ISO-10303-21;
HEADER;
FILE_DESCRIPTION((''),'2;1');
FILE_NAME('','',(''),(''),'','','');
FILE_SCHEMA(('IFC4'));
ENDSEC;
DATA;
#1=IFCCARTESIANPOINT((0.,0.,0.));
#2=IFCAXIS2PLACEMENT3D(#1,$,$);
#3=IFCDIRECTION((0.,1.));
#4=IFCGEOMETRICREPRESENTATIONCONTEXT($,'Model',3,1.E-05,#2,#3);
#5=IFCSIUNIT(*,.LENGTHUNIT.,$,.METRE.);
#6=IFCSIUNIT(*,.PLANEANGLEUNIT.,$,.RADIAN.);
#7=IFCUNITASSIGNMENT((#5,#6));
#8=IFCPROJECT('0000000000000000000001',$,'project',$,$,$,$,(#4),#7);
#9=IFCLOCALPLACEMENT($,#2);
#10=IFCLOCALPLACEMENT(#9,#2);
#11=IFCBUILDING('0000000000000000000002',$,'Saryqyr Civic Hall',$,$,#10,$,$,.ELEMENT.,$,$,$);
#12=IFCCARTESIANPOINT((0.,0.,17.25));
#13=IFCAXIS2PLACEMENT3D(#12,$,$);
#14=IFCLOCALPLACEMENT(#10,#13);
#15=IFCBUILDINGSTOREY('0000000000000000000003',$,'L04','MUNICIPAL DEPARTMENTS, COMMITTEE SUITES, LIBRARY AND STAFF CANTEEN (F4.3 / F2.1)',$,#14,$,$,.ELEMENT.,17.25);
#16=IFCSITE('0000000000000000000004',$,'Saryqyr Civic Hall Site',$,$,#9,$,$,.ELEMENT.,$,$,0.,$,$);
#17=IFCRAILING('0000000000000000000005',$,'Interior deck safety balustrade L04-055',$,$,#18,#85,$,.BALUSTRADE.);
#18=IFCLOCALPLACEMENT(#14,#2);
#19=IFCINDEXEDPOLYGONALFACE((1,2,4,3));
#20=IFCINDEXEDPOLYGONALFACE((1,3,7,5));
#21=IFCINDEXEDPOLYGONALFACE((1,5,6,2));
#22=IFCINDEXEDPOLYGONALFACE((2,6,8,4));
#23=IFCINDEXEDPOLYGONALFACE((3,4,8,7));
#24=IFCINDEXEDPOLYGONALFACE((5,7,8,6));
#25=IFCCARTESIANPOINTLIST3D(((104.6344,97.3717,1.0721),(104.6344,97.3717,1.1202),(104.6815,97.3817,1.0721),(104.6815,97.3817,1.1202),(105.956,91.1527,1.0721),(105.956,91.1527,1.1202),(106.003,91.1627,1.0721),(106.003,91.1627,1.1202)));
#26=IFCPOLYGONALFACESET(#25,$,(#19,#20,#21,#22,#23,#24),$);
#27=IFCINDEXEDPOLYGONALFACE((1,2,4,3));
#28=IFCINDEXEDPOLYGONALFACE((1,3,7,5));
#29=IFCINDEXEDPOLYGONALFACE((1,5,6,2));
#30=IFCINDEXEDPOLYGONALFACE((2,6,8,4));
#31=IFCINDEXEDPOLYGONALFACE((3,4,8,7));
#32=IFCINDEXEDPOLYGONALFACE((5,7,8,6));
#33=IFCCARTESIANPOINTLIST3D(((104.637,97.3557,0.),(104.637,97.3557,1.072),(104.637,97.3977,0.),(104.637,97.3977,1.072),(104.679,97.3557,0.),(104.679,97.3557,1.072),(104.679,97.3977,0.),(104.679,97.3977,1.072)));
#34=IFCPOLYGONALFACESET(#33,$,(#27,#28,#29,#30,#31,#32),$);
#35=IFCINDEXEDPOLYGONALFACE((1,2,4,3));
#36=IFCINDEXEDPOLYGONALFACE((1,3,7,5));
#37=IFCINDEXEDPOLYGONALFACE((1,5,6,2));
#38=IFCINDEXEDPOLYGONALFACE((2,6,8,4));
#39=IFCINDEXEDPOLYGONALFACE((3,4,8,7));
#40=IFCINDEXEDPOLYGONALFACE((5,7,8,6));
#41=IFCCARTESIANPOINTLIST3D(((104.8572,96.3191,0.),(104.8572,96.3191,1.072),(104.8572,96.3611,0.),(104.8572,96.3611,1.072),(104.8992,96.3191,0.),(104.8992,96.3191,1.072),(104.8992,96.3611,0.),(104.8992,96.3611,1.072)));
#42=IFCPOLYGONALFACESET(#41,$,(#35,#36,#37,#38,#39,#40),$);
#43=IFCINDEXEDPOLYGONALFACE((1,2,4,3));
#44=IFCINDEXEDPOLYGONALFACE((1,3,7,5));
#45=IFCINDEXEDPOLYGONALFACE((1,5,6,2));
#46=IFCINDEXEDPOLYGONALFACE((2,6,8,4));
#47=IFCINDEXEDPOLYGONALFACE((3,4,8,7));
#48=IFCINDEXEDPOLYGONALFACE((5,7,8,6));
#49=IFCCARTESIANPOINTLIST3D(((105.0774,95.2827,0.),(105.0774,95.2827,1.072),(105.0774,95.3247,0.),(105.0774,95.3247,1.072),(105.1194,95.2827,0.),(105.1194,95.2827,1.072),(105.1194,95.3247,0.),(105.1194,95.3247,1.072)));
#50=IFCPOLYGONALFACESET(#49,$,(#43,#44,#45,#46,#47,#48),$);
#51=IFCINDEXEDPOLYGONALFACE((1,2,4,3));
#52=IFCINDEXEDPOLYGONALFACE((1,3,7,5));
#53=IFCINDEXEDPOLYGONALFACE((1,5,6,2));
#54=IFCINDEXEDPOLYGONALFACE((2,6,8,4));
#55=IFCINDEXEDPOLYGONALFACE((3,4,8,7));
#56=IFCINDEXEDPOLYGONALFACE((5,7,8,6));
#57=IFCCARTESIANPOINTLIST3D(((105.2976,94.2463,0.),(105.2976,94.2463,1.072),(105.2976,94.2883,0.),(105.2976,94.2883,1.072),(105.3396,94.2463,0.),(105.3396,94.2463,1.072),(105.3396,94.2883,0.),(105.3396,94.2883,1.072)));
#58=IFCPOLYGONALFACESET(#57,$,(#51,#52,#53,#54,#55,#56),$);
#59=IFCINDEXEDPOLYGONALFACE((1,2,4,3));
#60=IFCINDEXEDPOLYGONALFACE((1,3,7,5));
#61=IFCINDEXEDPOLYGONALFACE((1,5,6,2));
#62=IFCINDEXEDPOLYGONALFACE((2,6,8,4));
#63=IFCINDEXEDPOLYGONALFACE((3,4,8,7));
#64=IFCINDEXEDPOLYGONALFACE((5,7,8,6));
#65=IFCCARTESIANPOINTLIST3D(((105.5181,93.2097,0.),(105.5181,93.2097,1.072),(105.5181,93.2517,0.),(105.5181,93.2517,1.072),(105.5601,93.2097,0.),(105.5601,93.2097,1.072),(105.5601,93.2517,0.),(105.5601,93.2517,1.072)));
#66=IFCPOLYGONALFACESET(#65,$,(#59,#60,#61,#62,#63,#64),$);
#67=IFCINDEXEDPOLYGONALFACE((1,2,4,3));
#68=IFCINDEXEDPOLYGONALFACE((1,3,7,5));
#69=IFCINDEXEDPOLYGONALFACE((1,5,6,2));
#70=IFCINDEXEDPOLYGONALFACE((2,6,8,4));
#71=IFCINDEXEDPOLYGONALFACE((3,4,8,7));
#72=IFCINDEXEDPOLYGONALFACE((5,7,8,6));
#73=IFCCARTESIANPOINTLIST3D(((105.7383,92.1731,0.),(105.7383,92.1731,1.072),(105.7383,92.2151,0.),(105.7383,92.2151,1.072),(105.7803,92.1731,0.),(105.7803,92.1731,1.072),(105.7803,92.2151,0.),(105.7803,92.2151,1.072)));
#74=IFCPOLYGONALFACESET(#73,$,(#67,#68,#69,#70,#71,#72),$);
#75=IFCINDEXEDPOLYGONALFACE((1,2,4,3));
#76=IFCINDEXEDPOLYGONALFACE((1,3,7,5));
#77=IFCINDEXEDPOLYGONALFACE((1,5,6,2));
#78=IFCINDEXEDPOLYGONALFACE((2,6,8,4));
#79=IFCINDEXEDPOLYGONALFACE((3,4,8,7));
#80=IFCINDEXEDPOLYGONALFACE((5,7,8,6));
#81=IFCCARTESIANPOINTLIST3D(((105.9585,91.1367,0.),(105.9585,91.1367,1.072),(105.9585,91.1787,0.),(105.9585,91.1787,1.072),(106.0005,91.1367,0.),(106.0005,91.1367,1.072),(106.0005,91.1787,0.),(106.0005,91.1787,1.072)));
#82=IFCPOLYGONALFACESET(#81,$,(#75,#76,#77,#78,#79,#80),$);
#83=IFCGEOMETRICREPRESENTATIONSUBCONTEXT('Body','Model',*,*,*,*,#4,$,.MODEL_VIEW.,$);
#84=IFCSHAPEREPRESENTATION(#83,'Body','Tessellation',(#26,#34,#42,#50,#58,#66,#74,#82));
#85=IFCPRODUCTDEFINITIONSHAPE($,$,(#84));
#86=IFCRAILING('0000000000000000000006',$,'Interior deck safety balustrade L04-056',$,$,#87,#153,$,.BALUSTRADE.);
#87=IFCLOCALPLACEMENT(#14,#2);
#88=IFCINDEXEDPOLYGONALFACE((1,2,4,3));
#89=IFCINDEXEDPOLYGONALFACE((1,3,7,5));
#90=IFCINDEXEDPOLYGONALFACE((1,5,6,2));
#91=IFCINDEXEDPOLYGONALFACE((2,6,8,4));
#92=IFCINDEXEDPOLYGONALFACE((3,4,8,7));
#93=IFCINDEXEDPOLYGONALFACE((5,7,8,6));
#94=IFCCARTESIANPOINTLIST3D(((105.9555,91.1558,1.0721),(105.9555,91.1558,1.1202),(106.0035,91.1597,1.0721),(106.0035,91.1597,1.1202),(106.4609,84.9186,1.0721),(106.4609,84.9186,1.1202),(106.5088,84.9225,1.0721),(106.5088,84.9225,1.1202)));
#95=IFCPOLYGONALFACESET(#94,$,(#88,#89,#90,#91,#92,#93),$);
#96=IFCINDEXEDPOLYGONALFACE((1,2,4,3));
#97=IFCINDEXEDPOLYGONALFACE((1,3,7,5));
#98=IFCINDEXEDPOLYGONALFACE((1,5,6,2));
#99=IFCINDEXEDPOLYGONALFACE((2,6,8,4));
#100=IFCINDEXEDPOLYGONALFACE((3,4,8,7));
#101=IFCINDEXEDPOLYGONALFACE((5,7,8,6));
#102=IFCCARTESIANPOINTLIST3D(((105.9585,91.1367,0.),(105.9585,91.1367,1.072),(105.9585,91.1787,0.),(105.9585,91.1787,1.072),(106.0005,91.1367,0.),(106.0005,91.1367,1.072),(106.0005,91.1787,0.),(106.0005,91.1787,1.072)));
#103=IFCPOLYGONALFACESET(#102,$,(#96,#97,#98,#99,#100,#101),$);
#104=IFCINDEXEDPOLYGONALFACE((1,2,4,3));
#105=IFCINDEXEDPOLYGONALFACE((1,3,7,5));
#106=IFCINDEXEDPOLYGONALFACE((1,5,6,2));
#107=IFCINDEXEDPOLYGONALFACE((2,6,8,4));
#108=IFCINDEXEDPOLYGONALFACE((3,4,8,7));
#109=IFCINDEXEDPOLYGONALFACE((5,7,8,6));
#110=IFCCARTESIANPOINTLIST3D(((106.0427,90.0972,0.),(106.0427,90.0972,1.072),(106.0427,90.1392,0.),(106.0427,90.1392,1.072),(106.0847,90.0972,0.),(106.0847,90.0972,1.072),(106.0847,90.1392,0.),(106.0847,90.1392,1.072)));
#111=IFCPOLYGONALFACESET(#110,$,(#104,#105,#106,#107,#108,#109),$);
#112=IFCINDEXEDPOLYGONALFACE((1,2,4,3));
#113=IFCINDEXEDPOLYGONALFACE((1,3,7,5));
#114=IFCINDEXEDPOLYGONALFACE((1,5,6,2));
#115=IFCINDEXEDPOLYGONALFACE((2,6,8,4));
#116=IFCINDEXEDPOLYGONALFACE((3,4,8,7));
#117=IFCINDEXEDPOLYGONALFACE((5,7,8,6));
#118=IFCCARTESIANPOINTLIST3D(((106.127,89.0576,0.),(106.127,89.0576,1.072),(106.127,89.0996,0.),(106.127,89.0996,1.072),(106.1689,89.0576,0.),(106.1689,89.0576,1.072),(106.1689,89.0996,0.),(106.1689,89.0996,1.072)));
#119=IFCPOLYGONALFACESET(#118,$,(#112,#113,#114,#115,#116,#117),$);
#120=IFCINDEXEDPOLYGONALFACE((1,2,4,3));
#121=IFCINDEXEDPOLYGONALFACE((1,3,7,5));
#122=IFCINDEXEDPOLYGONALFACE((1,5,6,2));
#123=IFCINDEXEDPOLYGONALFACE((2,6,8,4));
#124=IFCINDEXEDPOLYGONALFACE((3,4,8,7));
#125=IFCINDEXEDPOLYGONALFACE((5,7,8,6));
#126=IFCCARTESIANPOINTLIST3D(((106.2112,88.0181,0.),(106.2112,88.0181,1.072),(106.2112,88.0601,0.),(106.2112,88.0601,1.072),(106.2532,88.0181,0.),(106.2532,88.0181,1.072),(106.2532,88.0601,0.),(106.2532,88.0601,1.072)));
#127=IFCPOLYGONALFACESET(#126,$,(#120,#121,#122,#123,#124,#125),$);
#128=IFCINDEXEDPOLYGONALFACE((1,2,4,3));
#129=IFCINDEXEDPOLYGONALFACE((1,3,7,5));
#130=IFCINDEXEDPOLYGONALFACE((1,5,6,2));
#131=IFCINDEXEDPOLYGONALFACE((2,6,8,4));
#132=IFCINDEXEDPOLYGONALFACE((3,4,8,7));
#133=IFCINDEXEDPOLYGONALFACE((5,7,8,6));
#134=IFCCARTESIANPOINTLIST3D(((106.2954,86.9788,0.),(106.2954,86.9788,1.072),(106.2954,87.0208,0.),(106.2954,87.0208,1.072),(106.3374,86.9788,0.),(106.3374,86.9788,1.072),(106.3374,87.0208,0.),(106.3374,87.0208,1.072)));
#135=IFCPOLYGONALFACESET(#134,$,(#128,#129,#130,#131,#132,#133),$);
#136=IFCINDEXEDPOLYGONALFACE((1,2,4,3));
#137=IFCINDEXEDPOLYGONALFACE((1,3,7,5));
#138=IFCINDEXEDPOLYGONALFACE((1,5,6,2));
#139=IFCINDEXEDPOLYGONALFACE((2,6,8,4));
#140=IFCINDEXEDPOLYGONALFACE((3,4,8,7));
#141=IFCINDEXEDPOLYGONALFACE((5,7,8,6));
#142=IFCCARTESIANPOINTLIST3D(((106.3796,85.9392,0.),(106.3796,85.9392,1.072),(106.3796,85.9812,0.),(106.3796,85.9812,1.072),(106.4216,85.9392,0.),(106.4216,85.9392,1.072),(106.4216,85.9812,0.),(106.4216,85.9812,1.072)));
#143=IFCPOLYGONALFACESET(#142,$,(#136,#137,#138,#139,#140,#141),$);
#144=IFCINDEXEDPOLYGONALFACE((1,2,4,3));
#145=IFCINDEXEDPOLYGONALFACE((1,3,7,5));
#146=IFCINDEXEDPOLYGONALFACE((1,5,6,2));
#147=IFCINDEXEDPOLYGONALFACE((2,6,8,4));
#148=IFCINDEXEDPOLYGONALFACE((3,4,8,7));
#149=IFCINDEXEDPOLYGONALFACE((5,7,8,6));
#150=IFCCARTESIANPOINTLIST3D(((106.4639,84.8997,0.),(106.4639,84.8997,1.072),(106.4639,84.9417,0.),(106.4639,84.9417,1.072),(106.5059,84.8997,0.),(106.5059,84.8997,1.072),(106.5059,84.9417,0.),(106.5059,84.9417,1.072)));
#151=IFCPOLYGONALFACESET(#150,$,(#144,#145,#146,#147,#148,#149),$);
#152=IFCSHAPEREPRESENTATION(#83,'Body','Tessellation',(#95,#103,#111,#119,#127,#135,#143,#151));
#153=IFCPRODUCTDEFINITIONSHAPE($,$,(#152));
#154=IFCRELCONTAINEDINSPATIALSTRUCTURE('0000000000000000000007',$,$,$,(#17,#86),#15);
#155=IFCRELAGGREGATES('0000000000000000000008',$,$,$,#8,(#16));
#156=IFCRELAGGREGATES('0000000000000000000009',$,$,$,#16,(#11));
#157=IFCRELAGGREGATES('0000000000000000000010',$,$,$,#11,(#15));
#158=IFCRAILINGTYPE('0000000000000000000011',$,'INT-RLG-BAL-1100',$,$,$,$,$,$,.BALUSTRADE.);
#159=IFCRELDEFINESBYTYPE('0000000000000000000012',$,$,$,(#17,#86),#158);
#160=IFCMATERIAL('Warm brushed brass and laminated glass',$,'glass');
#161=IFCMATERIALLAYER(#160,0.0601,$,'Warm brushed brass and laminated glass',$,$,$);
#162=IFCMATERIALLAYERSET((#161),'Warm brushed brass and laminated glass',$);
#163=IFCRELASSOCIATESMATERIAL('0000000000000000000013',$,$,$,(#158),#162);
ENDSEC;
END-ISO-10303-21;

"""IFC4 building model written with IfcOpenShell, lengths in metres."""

from ifc_helpers import new_model, si_unit, direction, frame, origin, origin_2d, place, context, subcontext, project, spatial, rectangle, extrude, material, layer, layer_set, type_object, element, save


model = new_model("IFC4")

# Units and contexts
model_context = context("Model", 3, precision=1e-05, world=origin(), true_north=direction((0.0, 1.0)))
body_context = subcontext(model_context, "Body", "Model", "MODEL_VIEW")
ifc_project = project(units=[si_unit("LENGTHUNIT", "METRE"), si_unit("PLANEANGLEUNIT", "RADIAN")], contexts=[model_context])

# Site, building, storey
site_placement = place(None, origin())
site = spatial("IfcSite", under=ifc_project, at=site_placement, Name="Saryqyr Civic Hall Site", CompositionType="ELEMENT", RefElevation=0.0)
building_placement = place(site_placement, origin())
building = spatial("IfcBuilding", under=site, at=building_placement, Name="Saryqyr Civic Hall", CompositionType="ELEMENT")
storey_placement = place(building_placement, frame((0.0, 0.0, 17.25)))
storey = spatial("IfcBuildingStorey", under=building, at=storey_placement, Name="L04", Description="MUNICIPAL DEPARTMENTS, COMMITTEE SUITES, LIBRARY AND STAFF CANTEEN (F4.3 / F2.1)", CompositionType="ELEMENT", Elevation=17.25)

# Railings
ifc_material_1 = material(Name="Warm brushed brass and laminated glass", Category="glass")
ifc_layer_1 = layer(ifc_material_1, 0.0601, Name="Warm brushed brass and laminated glass")
ifc_layer_set_1 = layer_set([ifc_layer_1], Name="Warm brushed brass and laminated glass")
railing_type = type_object("IfcRailingType", Name="INT-RLG-BAL-1100", PredefinedType="BALUSTRADE", material=ifc_layer_set_1)
railing_1_placement = place(storey_placement, frame((104.658, 97.3767, 0.0)))
element("IfcRailing", 1, at=railing_1_placement, inside=storey, type_object=railing_type, Name="Interior deck safety balustrade L04-055", PredefinedType="BALUSTRADE", context=body_context, shape_type="SweptSolid", body=[
    extrude(rectangle(XDim=0.0481, YDim=0.0481, at=origin_2d()), frame((0.0, 0.0, 1.0962), z_axis=(0.207858, -0.978159, 0.0), x_axis=(0.978159, 0.207858, 0.0)), (0.0, 0.0, 1.0), 6.3579),
    extrude(rectangle(XDim=0.042, YDim=0.042, at=origin_2d()), origin(), (0.0, 0.0, 1.0), 1.072),
    extrude(rectangle(XDim=0.042, YDim=0.042, at=origin_2d()), frame((0.2202, -1.0366, 0.0)), (0.0, 0.0, 1.0), 1.072),
    extrude(rectangle(XDim=0.042, YDim=0.042, at=origin_2d()), frame((0.4404, -2.073, 0.0)), (0.0, 0.0, 1.0), 1.072),
    extrude(rectangle(XDim=0.042, YDim=0.042, at=origin_2d()), frame((0.6606, -3.1094, 0.0)), (0.0, 0.0, 1.0), 1.072),
    extrude(rectangle(XDim=0.042, YDim=0.042, at=origin_2d()), frame((0.8811, -4.146, 0.0)), (0.0, 0.0, 1.0), 1.072),
    extrude(rectangle(XDim=0.042, YDim=0.042, at=origin_2d()), frame((1.1013, -5.1826, 0.0)), (0.0, 0.0, 1.0), 1.072),
    extrude(rectangle(XDim=0.042, YDim=0.042, at=origin_2d()), frame((1.3215, -6.219, 0.0)), (0.0, 0.0, 1.0), 1.072),
])
railing_2_placement = place(storey_placement, frame((105.9795, 91.1577, 0.0)))
element("IfcRailing", 2, at=railing_2_placement, inside=storey, type_object=railing_type, Name="Interior deck safety balustrade L04-056", PredefinedType="BALUSTRADE", context=body_context, shape_type="SweptSolid", body=[
    extrude(rectangle(XDim=0.0481, YDim=0.0481, at=origin_2d()), frame((0.0, 0.0, 1.0962), z_axis=(0.080762, -0.996733, 0.0), x_axis=(0.996733, 0.080762, 0.0)), (0.0, 0.0, 1.0), 6.2576),
    extrude(rectangle(XDim=0.042, YDim=0.042, at=origin_2d()), origin(), (0.0, 0.0, 1.0), 1.072),
    extrude(rectangle(XDim=0.042, YDim=0.042, at=origin_2d()), frame((0.0842, -1.0396, 0.0)), (0.0, 0.0, 1.0), 1.072),
    extrude(rectangle(XDim=0.042, YDim=0.042, at=origin_2d()), frame((0.1685, -2.0791, 0.0)), (0.0, 0.0, 1.0), 1.072),
    extrude(rectangle(XDim=0.042, YDim=0.042, at=origin_2d()), frame((0.2527, -3.1187, 0.0)), (0.0, 0.0, 1.0), 1.072),
    extrude(rectangle(XDim=0.042, YDim=0.042, at=origin_2d()), frame((0.3369, -4.158, 0.0)), (0.0, 0.0, 1.0), 1.072),
    extrude(rectangle(XDim=0.042, YDim=0.042, at=origin_2d()), frame((0.4211, -5.1975, 0.0)), (0.0, 0.0, 1.0), 1.072),
    extrude(rectangle(XDim=0.042, YDim=0.042, at=origin_2d()), frame((0.5054, -6.2371, 0.0)), (0.0, 0.0, 1.0), 1.072),
])

save(model, "model.ifc")
